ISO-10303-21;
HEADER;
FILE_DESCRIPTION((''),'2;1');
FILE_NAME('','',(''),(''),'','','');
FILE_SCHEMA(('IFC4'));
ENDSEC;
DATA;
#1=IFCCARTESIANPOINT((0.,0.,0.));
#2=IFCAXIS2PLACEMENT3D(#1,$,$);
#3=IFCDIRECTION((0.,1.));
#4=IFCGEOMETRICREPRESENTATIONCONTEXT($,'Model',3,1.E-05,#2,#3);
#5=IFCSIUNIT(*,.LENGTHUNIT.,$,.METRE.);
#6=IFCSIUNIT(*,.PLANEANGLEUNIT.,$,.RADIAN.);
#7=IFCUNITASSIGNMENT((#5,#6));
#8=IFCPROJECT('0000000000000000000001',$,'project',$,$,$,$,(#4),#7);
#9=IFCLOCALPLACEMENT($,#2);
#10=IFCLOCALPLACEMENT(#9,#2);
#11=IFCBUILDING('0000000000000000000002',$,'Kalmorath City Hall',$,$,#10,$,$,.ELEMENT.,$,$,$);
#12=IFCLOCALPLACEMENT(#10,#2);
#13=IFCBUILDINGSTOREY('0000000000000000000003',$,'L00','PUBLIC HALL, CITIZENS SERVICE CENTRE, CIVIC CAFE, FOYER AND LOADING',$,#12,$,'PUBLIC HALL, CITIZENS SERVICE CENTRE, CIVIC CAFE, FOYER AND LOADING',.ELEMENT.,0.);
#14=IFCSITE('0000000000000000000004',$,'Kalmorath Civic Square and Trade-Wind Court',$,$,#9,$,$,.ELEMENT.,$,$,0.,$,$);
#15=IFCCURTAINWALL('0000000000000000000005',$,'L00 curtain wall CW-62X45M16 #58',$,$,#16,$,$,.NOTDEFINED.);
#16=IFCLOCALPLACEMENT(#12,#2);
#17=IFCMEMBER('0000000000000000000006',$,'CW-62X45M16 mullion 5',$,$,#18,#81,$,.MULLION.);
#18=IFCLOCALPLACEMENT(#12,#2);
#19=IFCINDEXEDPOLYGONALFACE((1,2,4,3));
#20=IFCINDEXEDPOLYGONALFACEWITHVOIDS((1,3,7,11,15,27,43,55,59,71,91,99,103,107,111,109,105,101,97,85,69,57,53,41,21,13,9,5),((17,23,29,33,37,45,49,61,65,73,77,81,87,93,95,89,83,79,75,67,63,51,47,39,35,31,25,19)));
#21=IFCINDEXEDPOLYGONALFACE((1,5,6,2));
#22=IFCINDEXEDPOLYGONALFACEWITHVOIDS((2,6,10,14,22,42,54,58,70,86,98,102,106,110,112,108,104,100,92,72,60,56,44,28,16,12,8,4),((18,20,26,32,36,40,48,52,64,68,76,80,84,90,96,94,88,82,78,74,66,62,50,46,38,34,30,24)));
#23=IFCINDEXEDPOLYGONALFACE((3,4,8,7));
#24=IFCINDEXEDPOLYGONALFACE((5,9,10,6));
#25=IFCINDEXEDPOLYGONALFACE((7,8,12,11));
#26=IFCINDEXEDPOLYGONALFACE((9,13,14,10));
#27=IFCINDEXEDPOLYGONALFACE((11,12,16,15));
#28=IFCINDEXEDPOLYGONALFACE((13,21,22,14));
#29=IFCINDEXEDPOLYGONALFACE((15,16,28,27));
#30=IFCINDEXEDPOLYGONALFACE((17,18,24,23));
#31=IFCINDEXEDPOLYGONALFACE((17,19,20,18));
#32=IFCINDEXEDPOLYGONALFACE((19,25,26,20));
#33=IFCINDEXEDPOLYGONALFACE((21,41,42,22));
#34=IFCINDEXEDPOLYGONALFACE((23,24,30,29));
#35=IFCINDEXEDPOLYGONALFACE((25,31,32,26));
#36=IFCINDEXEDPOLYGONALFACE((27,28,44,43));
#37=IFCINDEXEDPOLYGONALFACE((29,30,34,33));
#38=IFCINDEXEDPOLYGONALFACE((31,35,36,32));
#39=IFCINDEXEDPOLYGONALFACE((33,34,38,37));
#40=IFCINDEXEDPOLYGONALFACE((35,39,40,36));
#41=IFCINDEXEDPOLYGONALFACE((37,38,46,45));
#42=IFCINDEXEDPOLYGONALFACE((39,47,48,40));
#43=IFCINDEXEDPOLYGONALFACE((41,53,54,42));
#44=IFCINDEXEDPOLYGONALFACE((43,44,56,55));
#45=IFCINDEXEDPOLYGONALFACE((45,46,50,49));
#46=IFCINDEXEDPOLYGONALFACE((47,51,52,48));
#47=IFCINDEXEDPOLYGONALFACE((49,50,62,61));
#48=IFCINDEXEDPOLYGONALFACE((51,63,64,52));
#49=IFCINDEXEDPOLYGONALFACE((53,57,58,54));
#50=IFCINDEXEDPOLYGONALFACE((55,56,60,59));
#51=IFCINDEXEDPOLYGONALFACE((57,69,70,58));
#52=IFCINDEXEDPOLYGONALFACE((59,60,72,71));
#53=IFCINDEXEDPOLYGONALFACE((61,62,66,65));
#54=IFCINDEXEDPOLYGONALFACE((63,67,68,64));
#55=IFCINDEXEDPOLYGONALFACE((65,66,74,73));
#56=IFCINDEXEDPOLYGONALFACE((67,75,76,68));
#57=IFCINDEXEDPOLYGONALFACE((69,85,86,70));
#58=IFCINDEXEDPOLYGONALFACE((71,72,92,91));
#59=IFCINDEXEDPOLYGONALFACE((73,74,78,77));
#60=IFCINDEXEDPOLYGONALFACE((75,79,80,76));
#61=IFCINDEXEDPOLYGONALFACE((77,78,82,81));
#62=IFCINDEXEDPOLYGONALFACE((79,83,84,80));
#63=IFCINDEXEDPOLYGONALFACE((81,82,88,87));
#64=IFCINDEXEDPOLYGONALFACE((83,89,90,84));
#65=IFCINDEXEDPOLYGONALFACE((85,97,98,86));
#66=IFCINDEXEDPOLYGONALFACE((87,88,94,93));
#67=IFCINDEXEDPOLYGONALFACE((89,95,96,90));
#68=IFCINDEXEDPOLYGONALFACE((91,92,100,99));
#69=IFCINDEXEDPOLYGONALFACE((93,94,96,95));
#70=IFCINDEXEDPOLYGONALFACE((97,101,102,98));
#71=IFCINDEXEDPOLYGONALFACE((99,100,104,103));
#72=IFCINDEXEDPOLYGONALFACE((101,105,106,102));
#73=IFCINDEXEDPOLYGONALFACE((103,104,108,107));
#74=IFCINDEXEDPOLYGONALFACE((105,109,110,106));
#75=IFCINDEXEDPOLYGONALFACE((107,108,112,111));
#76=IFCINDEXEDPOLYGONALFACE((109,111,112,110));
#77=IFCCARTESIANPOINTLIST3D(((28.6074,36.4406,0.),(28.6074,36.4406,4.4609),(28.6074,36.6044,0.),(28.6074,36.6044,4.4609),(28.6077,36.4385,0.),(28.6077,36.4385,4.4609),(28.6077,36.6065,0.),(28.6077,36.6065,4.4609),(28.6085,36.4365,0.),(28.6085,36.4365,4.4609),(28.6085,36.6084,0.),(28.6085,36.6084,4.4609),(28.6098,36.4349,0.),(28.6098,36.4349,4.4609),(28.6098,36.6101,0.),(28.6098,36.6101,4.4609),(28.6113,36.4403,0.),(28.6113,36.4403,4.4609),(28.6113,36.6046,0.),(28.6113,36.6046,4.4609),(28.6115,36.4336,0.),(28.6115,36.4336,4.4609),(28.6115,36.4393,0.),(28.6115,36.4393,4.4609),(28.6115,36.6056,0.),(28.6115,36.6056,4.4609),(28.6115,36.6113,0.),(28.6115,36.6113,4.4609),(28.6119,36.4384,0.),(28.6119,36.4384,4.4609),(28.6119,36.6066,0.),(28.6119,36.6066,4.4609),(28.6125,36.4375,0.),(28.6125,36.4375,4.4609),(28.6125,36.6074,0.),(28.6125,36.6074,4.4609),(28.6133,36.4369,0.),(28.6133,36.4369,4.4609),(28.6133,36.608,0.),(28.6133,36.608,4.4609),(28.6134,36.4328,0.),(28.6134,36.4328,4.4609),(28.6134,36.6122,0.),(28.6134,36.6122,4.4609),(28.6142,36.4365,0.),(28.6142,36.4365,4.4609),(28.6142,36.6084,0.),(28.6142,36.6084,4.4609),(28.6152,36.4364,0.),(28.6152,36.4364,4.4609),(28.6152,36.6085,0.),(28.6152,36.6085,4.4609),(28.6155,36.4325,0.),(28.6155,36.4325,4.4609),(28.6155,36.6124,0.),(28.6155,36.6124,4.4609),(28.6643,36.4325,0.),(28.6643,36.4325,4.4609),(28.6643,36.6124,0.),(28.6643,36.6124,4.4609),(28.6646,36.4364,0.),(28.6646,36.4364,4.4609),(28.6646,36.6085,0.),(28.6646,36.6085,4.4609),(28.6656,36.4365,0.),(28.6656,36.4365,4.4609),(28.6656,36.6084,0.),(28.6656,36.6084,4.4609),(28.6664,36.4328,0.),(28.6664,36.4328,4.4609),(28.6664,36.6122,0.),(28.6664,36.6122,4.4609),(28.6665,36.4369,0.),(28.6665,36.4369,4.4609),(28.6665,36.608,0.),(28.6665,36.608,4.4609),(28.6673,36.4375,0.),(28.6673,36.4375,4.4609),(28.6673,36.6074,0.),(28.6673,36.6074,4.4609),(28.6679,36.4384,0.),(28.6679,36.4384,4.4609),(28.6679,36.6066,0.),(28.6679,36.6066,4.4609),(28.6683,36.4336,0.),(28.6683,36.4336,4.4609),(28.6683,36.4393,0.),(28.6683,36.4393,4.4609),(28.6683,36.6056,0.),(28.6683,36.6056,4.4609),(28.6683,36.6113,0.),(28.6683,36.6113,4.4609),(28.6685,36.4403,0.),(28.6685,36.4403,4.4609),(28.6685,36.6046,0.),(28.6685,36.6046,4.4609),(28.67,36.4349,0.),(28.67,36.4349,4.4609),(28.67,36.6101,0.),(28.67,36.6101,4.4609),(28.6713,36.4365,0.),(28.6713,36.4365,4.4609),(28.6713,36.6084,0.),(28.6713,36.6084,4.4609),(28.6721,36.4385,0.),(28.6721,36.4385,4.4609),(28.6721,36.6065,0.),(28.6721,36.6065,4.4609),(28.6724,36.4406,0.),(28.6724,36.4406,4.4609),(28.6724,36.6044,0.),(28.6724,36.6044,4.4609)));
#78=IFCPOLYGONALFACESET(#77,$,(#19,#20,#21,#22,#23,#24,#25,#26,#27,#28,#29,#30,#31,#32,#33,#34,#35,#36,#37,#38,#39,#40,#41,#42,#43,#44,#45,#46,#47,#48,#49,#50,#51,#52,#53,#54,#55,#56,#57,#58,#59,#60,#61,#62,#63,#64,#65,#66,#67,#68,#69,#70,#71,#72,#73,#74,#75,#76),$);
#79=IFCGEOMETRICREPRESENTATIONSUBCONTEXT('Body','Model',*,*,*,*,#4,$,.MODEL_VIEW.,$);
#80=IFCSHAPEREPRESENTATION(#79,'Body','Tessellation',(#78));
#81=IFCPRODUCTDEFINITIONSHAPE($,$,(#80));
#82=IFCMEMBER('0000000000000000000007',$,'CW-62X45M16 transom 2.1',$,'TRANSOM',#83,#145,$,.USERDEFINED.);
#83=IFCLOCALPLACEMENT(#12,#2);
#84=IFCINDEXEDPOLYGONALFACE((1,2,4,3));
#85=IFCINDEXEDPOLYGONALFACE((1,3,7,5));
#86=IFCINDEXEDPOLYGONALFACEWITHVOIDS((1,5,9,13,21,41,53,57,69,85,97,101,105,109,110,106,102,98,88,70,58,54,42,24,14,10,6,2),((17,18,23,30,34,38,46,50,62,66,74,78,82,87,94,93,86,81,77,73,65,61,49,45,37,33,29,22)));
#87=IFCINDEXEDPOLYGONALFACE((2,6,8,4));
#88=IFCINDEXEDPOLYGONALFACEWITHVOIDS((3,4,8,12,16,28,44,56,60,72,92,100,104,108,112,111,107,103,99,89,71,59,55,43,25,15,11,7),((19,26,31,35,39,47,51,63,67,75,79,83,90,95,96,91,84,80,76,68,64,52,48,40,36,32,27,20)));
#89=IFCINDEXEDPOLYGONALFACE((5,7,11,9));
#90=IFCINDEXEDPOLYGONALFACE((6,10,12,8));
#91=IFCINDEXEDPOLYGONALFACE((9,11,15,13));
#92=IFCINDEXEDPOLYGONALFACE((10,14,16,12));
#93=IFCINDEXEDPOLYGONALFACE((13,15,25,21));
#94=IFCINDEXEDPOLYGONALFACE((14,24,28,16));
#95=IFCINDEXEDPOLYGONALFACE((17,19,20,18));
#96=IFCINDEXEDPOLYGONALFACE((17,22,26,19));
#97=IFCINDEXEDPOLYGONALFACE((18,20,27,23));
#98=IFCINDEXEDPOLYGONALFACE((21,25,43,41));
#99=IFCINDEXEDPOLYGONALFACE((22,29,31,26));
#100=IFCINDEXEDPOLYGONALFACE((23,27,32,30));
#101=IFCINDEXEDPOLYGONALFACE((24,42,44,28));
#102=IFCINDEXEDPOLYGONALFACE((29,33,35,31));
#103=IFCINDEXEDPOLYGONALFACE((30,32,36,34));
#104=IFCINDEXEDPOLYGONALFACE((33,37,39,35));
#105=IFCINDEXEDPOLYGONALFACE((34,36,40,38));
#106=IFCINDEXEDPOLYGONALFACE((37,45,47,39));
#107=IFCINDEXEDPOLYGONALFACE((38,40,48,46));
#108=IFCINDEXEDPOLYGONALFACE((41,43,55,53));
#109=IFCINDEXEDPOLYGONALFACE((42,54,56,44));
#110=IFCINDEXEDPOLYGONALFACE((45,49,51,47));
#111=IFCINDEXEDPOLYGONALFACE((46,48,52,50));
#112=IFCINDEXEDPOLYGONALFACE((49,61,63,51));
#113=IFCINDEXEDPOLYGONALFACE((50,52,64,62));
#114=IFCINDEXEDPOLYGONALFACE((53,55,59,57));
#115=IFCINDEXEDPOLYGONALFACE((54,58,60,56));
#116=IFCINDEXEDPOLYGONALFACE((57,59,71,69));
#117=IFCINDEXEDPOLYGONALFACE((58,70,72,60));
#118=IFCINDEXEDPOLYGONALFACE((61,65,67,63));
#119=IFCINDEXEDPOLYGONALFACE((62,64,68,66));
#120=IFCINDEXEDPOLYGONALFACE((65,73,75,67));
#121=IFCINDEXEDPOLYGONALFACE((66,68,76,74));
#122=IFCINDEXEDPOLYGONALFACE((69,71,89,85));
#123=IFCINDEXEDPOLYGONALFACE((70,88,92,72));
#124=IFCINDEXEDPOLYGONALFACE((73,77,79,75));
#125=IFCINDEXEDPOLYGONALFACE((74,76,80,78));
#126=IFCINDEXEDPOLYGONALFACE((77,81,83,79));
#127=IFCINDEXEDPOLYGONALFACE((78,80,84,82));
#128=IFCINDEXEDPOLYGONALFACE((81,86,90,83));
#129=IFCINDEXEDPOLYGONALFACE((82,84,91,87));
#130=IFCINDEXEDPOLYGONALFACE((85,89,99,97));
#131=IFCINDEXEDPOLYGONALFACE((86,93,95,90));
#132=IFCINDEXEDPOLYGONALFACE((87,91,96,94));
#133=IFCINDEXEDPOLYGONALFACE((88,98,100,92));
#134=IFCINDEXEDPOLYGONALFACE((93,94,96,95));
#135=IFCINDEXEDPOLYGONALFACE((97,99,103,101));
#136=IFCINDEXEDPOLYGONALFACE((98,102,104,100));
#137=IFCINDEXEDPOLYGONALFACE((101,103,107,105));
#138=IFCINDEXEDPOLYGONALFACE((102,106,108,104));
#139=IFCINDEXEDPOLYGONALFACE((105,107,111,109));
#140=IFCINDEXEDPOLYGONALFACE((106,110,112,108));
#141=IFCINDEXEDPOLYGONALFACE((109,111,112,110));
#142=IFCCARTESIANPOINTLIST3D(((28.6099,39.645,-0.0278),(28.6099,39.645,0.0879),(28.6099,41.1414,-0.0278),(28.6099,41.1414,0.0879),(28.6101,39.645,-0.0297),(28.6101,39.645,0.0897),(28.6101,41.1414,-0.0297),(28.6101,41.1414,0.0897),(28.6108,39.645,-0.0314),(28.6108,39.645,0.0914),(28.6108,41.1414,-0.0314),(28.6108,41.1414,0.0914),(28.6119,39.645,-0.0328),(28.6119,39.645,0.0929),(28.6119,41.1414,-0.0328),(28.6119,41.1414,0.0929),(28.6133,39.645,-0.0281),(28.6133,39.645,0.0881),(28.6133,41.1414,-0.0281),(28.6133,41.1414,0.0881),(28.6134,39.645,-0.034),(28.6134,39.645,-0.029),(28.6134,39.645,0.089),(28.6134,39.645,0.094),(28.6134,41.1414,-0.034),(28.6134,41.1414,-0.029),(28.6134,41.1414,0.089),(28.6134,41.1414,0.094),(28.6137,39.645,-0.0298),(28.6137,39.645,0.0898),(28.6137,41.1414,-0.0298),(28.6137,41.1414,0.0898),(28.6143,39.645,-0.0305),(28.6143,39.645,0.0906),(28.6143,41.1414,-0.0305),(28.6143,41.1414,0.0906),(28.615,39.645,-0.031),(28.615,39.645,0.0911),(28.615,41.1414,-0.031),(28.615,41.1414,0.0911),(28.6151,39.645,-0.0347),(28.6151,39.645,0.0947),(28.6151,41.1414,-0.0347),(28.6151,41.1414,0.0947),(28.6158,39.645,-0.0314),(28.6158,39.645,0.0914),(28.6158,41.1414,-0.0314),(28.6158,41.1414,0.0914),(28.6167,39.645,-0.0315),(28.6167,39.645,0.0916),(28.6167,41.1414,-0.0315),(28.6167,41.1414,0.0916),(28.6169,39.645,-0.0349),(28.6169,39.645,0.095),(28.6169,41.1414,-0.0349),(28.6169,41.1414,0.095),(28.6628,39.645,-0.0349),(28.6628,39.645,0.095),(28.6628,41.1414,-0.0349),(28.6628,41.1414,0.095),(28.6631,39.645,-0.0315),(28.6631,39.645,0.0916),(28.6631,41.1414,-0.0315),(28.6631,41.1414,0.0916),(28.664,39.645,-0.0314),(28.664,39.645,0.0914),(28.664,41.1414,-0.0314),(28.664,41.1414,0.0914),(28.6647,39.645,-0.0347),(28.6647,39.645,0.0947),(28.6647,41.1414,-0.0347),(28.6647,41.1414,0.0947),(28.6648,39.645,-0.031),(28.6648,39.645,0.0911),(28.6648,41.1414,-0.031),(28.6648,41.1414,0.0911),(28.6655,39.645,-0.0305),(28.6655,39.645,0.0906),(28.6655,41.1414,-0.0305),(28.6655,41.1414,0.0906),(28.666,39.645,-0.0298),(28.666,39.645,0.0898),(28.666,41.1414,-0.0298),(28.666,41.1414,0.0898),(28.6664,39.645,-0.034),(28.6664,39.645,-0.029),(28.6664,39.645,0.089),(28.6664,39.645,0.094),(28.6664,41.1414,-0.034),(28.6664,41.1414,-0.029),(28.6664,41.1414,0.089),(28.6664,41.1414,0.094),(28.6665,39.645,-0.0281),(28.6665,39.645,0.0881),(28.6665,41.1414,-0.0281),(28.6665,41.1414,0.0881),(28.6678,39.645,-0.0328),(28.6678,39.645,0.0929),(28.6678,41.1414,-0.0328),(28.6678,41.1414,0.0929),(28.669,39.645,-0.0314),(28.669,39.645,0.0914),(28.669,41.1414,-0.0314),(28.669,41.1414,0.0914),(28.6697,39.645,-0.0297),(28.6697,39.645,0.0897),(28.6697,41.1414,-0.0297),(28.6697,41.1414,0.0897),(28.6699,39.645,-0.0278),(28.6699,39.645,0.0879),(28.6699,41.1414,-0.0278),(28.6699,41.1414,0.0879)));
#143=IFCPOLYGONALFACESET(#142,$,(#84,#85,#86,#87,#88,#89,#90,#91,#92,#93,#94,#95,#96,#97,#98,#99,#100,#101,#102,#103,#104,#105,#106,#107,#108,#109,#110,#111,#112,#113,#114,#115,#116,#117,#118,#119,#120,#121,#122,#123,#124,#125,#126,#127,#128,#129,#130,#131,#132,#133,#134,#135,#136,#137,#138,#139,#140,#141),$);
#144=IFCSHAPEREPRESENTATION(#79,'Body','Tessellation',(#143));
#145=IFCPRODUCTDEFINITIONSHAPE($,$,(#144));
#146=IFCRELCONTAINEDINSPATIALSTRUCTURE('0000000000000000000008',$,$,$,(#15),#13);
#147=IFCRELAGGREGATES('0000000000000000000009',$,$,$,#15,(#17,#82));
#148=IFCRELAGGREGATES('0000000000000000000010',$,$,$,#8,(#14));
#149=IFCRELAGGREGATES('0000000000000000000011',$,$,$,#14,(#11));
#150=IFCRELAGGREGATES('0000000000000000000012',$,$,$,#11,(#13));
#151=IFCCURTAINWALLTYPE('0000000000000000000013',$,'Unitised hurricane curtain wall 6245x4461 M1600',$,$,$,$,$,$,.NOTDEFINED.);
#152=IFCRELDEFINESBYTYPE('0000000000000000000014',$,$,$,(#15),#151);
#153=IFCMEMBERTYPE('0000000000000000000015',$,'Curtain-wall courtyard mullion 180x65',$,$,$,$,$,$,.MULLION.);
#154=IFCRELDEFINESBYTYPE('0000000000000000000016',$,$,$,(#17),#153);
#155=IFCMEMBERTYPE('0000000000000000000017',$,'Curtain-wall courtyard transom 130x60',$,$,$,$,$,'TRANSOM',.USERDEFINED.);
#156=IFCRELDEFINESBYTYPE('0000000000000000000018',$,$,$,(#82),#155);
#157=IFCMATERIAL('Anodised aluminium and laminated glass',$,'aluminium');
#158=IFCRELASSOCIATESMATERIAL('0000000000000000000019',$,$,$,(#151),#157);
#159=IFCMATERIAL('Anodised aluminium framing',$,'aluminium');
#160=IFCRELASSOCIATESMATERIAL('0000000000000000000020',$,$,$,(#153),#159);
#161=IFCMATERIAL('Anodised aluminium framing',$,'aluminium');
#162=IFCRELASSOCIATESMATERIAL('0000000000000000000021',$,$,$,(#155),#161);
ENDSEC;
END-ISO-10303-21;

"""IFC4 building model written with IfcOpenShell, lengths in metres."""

from ifc_helpers import new_model, si_unit, direction, frame, origin, origin_2d, place, context, subcontext, project, spatial, hollow_rectangle, extrude, material, material_profile, profile_set, type_object, element, aggregate, save


model = new_model("IFC4")

# Units and contexts
model_context = context("Model", 3, precision=1e-05, world=origin(), true_north=direction((0.0, 1.0)))
body_context = subcontext(model_context, "Body", "Model", "MODEL_VIEW")
ifc_project = project(units=[si_unit("LENGTHUNIT", "METRE"), si_unit("PLANEANGLEUNIT", "RADIAN")], contexts=[model_context])

# Site, building, storey
site_placement = place(None, origin())
site = spatial("IfcSite", under=ifc_project, at=site_placement, Name="Kalmorath Civic Square and Trade-Wind Court", CompositionType="ELEMENT", RefElevation=0.0)
building_placement = place(site_placement, origin())
building = spatial("IfcBuilding", under=site, at=building_placement, Name="Kalmorath City Hall", CompositionType="ELEMENT")
storey_placement = place(building_placement, origin())
storey = spatial("IfcBuildingStorey", under=building, at=storey_placement, Name="L00", Description="PUBLIC HALL, CITIZENS SERVICE CENTRE, CIVIC CAFE, FOYER AND LOADING", LongName="PUBLIC HALL, CITIZENS SERVICE CENTRE, CIVIC CAFE, FOYER AND LOADING", CompositionType="ELEMENT", Elevation=0.0)

# Curtain wall, members
ifc_material_1 = material(Name="Anodised aluminium and laminated glass", Category="aluminium")
curtain_wall_type = type_object("IfcCurtainWallType", Name="Unitised hurricane curtain wall 6245x4461 M1600", PredefinedType="NOTDEFINED", material=ifc_material_1)
curtain_wall_placement = place(storey_placement, origin())
curtain_wall = element("IfcCurtainWall", 1, at=curtain_wall_placement, inside=storey, type_object=curtain_wall_type, Name="L00 curtain wall CW-62X45M16 #58", PredefinedType="NOTDEFINED")
ifc_material_2 = material(Name="Anodised aluminium framing", Category="aluminium")
ifc_material_profile_1 = material_profile(ifc_material_2, hollow_rectangle(XDim=0.0649, YDim=0.1799, WallThickness=0.0039, InnerFilletRadius=0.0039, OuterFilletRadius=0.0081, at=origin_2d()), Name="ALU-MUL-180X65X4")
ifc_profile_set_1 = profile_set([ifc_material_profile_1], Name="Anodised aluminium framing")
member_type_1 = type_object("IfcMemberType", Name="Curtain-wall courtyard mullion 180x65", PredefinedType="MULLION", material=ifc_profile_set_1)
member_1_placement = place(storey_placement, frame((28.6399, 36.5225, 0.0), z_axis=(0.0, 0.0, 1.0), x_axis=(1.0, 0.0, 0.0)))
member_1 = element("IfcMember", 2, at=member_1_placement, type_object=member_type_1, Name="CW-62X45M16 mullion 5", PredefinedType="MULLION", context=body_context, shape_type="SweptSolid", body=[
    extrude(hollow_rectangle(XDim=0.0649, YDim=0.1799, WallThickness=0.0039, InnerFilletRadius=0.0039, OuterFilletRadius=0.0081, at=origin_2d()), origin(), (0.0, 0.0, 1.0), 4.4609),
])
ifc_material_3 = material(Name="Anodised aluminium framing", Category="aluminium")
ifc_material_profile_2 = material_profile(ifc_material_3, hollow_rectangle(XDim=0.0601, YDim=0.1299, WallThickness=0.0034, InnerFilletRadius=0.0034, OuterFilletRadius=0.0071, at=origin_2d()), Name="ALU-TRN-130X60X3.5")
ifc_profile_set_2 = profile_set([ifc_material_profile_2], Name="Anodised aluminium framing")
member_type_2 = type_object("IfcMemberType", Name="Curtain-wall courtyard transom 130x60", ElementType="TRANSOM", PredefinedType="USERDEFINED", material=ifc_profile_set_2)
member_2_placement = place(storey_placement, frame((28.6399, 41.1414, 0.03), z_axis=(0.0, -1.0, 0.0), x_axis=(1.0, 0.0, 0.0)))
member_2 = element("IfcMember", 3, at=member_2_placement, type_object=member_type_2, Name="CW-62X45M16 transom 2.1", ObjectType="TRANSOM", PredefinedType="USERDEFINED", context=body_context, shape_type="SweptSolid", body=[
    extrude(hollow_rectangle(XDim=0.0601, YDim=0.1299, WallThickness=0.0034, InnerFilletRadius=0.0034, OuterFilletRadius=0.0071, at=origin_2d()), origin(), (0.0, 0.0, 1.0), 1.4963),
])

aggregate(curtain_wall, [member_1, member_2])

save(model, "model.ifc")
